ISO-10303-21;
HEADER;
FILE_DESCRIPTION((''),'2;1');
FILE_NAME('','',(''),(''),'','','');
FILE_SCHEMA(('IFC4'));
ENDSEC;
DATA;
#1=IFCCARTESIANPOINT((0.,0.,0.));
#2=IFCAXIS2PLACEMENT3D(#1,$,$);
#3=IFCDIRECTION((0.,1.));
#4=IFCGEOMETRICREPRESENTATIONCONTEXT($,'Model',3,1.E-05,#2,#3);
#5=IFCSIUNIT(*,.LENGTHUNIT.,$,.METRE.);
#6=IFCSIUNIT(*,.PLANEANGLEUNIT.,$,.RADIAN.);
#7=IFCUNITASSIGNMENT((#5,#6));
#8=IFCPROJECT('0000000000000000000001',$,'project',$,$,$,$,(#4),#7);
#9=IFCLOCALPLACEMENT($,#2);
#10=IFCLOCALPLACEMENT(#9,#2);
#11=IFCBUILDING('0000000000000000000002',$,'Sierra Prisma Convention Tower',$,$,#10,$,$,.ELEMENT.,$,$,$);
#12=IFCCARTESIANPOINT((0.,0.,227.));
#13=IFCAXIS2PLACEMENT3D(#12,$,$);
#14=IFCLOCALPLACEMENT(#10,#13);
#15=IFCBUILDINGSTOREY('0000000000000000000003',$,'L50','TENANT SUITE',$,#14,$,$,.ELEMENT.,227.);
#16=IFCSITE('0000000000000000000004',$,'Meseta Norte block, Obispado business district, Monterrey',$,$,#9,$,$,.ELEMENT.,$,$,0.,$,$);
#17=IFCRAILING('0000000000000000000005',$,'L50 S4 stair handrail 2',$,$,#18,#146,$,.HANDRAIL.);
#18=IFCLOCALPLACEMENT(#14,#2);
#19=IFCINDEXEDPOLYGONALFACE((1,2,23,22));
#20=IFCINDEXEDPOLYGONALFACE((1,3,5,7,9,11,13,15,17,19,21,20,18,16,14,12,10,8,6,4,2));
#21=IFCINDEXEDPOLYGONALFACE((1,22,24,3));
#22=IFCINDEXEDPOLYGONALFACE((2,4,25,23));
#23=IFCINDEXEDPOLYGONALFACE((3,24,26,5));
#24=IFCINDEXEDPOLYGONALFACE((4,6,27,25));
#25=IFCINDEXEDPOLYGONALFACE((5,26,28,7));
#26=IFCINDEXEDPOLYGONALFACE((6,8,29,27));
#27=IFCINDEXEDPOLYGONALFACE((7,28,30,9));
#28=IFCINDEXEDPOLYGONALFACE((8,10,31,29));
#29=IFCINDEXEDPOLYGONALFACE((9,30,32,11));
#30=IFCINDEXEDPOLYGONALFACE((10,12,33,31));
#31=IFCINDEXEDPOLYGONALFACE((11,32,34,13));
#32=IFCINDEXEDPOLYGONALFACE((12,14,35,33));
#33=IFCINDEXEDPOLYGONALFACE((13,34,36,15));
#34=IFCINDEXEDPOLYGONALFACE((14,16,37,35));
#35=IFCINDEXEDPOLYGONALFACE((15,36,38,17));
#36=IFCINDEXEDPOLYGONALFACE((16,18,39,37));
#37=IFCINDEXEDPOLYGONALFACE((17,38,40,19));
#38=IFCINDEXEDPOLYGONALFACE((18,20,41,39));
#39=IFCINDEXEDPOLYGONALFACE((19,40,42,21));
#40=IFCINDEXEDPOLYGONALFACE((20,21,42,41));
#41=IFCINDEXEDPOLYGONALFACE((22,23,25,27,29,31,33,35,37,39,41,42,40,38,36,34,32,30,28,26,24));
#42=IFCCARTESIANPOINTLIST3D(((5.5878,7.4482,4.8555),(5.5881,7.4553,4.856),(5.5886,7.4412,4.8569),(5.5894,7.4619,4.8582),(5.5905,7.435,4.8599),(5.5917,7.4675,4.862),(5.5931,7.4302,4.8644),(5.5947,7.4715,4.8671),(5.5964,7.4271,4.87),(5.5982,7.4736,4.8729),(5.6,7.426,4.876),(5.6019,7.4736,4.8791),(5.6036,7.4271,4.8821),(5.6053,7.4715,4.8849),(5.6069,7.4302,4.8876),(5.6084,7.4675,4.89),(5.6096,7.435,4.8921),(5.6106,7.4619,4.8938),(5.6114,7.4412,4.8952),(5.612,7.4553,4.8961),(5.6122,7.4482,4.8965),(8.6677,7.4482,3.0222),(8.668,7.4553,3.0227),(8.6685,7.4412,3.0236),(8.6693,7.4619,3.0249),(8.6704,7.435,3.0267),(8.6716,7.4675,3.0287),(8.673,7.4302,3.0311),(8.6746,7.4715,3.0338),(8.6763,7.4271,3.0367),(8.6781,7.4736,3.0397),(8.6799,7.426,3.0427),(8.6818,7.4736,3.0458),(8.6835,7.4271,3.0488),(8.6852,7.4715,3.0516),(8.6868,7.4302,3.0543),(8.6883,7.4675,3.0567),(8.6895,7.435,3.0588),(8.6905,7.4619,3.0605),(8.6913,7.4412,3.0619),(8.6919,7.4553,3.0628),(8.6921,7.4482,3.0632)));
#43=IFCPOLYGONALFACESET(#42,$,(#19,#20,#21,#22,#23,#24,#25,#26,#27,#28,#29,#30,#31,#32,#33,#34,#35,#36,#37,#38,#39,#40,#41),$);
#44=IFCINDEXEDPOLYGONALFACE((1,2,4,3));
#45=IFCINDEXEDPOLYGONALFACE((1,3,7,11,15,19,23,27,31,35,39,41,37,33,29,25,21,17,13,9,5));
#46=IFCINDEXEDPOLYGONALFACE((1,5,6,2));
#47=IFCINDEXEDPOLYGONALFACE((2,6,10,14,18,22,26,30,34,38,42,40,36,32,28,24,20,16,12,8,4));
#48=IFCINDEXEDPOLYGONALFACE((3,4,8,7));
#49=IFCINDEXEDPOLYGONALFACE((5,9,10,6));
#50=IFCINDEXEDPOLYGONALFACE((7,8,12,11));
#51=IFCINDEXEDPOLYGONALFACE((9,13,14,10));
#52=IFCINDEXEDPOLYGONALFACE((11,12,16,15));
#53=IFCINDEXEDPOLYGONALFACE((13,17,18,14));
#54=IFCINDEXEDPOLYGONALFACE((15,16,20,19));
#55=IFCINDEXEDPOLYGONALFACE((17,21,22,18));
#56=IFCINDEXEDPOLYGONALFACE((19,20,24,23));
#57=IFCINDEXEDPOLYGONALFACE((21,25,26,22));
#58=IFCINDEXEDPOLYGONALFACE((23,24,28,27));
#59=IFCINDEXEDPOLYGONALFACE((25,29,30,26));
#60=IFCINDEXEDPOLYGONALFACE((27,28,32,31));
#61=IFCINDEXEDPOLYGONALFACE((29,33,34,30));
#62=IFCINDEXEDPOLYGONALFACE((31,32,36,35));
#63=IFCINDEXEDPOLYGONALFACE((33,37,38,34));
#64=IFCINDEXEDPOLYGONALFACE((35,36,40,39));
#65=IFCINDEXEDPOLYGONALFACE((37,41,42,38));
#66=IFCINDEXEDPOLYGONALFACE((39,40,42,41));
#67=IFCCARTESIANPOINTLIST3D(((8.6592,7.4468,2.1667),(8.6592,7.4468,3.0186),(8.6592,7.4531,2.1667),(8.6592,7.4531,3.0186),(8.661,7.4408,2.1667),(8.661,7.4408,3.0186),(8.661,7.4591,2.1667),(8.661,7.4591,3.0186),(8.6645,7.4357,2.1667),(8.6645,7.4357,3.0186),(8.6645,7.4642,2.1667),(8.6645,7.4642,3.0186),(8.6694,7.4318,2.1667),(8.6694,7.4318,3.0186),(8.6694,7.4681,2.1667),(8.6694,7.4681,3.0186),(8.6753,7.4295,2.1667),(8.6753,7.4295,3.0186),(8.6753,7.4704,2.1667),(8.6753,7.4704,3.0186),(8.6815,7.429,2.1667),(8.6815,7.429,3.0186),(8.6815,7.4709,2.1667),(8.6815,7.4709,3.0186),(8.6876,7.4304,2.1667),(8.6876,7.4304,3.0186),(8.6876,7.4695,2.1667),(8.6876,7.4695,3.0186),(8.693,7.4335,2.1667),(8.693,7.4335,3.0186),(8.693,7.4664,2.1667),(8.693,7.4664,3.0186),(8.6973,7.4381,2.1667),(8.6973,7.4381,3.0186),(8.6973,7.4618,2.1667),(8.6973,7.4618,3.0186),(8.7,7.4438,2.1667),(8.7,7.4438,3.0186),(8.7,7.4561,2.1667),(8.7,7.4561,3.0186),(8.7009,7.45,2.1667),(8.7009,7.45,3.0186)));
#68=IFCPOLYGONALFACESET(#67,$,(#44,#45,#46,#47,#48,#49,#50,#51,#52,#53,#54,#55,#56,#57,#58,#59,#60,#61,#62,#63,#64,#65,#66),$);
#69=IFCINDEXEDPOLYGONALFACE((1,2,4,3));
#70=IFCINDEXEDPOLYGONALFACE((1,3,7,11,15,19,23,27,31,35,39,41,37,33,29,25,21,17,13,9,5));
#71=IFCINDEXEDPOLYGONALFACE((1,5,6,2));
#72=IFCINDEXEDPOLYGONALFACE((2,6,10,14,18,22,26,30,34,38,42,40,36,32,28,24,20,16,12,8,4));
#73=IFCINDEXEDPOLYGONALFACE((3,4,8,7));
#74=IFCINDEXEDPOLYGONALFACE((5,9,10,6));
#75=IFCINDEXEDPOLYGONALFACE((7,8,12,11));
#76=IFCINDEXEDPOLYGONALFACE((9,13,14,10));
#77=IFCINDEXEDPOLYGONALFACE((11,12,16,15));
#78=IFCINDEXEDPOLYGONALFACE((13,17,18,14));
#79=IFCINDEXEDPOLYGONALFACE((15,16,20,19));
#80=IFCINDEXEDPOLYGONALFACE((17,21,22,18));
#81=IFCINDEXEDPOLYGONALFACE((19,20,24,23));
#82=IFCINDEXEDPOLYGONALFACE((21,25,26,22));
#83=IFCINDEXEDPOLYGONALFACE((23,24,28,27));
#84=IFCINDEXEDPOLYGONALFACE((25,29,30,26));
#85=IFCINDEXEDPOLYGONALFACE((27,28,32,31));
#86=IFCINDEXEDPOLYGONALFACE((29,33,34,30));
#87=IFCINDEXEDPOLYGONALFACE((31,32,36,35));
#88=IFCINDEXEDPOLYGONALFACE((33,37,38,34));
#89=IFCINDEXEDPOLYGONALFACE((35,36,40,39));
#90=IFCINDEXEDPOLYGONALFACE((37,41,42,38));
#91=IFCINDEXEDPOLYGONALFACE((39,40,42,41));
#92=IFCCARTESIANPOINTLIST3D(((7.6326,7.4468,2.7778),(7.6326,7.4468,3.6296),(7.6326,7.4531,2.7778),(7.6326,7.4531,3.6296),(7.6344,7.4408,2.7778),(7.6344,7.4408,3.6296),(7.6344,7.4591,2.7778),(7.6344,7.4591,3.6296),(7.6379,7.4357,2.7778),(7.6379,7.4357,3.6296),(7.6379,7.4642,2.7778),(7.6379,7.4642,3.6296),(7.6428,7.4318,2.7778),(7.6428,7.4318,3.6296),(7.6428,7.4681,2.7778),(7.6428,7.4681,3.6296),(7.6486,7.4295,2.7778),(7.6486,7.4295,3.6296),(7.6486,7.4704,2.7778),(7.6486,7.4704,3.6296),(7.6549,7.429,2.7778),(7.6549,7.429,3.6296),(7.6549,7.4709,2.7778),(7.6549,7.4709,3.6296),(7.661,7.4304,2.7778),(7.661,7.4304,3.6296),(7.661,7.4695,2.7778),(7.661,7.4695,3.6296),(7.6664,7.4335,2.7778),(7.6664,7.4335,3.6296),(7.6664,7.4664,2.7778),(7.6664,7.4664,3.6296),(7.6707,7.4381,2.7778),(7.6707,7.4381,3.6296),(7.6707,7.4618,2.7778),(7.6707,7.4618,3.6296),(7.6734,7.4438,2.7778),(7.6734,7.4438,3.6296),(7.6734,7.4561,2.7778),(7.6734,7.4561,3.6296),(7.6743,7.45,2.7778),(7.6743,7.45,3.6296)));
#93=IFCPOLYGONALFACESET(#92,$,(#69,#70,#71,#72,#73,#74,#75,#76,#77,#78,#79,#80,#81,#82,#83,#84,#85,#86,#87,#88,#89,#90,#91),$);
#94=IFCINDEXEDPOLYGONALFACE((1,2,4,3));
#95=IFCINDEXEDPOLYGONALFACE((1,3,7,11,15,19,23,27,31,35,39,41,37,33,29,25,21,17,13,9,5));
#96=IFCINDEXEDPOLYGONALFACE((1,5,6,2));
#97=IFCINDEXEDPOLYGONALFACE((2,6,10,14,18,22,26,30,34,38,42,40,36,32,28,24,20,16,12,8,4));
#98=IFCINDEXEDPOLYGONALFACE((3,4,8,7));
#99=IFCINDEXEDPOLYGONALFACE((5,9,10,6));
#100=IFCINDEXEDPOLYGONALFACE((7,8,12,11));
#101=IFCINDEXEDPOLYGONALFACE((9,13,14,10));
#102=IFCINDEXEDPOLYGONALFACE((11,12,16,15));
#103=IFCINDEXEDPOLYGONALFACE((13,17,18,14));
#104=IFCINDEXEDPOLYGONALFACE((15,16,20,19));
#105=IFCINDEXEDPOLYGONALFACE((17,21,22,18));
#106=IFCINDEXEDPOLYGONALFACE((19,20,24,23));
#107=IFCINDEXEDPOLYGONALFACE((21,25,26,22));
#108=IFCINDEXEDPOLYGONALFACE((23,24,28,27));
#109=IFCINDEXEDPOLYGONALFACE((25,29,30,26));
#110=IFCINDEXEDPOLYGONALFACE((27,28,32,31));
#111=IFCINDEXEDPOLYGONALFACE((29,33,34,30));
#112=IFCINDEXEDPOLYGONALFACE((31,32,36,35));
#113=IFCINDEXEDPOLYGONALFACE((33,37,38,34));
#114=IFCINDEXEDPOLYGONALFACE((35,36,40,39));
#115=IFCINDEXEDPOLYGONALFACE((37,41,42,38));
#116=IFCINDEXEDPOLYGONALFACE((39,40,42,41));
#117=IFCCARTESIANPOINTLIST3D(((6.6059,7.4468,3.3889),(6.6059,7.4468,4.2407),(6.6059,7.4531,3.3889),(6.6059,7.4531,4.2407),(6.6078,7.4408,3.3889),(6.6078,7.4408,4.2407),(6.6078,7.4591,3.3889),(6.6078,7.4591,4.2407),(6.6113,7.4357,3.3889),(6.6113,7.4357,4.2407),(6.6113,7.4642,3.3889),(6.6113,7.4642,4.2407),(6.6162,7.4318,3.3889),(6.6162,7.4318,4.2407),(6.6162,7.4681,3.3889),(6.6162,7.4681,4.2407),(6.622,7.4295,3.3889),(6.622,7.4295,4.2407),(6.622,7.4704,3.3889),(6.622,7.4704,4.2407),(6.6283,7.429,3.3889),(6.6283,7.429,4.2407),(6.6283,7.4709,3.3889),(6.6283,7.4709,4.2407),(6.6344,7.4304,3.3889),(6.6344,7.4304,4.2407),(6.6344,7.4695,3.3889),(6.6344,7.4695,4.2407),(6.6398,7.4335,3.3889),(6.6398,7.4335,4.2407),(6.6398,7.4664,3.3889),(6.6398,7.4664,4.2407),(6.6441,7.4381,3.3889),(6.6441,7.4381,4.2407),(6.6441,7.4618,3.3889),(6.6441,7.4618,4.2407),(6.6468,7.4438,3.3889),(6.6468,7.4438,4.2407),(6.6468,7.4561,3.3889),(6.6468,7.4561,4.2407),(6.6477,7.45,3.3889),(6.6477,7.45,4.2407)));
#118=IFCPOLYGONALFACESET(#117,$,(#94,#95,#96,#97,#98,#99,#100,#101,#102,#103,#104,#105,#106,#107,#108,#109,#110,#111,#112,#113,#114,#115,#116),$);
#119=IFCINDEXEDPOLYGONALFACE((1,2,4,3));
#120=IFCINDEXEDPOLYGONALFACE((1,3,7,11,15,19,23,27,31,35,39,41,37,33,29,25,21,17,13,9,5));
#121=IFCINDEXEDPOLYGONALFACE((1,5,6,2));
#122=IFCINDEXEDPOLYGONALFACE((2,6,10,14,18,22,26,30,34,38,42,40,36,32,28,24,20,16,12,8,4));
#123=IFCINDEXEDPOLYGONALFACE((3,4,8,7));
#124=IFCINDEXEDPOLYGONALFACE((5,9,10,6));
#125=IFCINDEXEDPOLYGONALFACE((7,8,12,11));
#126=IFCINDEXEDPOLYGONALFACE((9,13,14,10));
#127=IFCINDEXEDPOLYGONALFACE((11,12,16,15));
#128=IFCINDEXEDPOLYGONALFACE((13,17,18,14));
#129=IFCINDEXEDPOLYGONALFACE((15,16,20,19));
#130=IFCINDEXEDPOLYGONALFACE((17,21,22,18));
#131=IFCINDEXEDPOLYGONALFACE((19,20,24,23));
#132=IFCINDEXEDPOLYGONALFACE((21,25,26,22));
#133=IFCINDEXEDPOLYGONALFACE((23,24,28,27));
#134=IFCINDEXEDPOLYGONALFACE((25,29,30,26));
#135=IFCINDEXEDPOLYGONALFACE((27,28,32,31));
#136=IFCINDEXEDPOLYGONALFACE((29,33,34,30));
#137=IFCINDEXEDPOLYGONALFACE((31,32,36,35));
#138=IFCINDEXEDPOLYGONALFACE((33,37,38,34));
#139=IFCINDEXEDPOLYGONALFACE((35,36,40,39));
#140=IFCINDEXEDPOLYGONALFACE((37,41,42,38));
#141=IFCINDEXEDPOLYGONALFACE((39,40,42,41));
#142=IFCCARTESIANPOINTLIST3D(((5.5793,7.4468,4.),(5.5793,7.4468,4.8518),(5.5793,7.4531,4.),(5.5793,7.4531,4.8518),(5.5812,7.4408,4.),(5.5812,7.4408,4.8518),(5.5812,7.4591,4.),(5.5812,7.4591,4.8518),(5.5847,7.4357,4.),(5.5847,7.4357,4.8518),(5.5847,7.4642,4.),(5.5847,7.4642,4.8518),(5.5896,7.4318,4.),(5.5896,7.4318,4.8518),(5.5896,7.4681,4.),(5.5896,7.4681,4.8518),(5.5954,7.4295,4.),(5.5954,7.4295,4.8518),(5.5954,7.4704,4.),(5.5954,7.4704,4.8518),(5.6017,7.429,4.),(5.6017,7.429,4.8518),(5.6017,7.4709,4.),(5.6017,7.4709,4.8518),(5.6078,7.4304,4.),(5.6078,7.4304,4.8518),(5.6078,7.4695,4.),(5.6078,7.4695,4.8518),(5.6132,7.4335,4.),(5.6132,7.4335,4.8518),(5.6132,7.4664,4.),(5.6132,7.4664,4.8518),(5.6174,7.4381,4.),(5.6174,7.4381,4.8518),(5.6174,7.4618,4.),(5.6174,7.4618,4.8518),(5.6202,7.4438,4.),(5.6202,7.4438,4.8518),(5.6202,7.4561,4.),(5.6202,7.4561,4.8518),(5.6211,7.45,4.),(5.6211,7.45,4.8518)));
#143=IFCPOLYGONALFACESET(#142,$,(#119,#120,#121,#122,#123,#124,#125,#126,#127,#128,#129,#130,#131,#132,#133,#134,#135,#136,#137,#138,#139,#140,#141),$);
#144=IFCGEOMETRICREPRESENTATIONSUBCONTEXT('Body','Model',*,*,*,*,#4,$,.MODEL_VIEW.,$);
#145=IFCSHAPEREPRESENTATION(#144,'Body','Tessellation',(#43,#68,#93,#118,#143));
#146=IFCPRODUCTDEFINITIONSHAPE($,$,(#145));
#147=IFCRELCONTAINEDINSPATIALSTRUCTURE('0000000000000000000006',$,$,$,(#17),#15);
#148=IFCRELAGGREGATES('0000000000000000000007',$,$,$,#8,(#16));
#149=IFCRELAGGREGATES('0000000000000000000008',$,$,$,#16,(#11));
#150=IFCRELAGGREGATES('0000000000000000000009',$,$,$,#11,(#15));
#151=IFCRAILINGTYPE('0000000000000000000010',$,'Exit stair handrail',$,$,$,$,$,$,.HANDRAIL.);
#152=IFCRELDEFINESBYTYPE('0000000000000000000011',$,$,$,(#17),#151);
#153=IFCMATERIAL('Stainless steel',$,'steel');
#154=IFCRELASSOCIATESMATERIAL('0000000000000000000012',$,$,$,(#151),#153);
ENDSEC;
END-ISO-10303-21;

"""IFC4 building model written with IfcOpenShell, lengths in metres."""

from ifc_helpers import new_model, si_unit, direction, frame, origin, origin_2d, place, context, subcontext, project, spatial, circle, extrude, material, type_object, element, save


model = new_model("IFC4")

# Units and contexts
model_context = context("Model", 3, precision=1e-05, world=origin(), true_north=direction((0.0, 1.0)))
body_context = subcontext(model_context, "Body", "Model", "MODEL_VIEW")
ifc_project = project(units=[si_unit("LENGTHUNIT", "METRE"), si_unit("PLANEANGLEUNIT", "RADIAN")], contexts=[model_context])

# Site, building, storey
site_placement = place(None, origin())
site = spatial("IfcSite", under=ifc_project, at=site_placement, Name="Meseta Norte block, Obispado business district, Monterrey", CompositionType="ELEMENT", RefElevation=0.0)
building_placement = place(site_placement, origin())
building = spatial("IfcBuilding", under=site, at=building_placement, Name="Sierra Prisma Convention Tower", CompositionType="ELEMENT")
storey_placement = place(building_placement, frame((0.0, 0.0, 227.0)))
storey = spatial("IfcBuildingStorey", under=building, at=storey_placement, Name="L50", Description="TENANT SUITE", CompositionType="ELEMENT", Elevation=227.0)

# Railing
ifc_material_1 = material(Name="Stainless steel", Category="steel")
railing_type_1 = type_object("IfcRailingType", Name="Exit stair handrail", PredefinedType="HANDRAIL", material=ifc_material_1)
railing_1_placement = place(storey_placement, frame((8.6799, 7.45, 2.1667)))
element("IfcRailing", 1, at=railing_1_placement, inside=storey, type_object=railing_type_1, Name="L50 S4 stair handrail 2", PredefinedType="HANDRAIL", context=body_context, shape_type="SweptSolid", body=[
    extrude(circle(Radius=0.0239, at=origin_2d()), frame((0.0, 0.0, 0.876), z_axis=(-0.859291, 0.0, 0.511487), x_axis=(0.0, -1.0, 0.0)), (0.0, 0.0, 1.0), 3.5842),
    extrude(circle(Radius=0.021, at=origin_2d()), origin(), (0.0, 0.0, 1.0), 0.8518),
    extrude(circle(Radius=0.021, at=origin_2d()), frame((-1.0266, 0.0, 0.6111)), (0.0, 0.0, 1.0), 0.8518),
    extrude(circle(Radius=0.021, at=origin_2d()), frame((-2.0532, 0.0, 1.2222)), (0.0, 0.0, 1.0), 0.8518),
    extrude(circle(Radius=0.021, at=origin_2d()), frame((-3.0798, 0.0, 1.8333)), (0.0, 0.0, 1.0), 0.8518),
])

save(model, "model.ifc")
